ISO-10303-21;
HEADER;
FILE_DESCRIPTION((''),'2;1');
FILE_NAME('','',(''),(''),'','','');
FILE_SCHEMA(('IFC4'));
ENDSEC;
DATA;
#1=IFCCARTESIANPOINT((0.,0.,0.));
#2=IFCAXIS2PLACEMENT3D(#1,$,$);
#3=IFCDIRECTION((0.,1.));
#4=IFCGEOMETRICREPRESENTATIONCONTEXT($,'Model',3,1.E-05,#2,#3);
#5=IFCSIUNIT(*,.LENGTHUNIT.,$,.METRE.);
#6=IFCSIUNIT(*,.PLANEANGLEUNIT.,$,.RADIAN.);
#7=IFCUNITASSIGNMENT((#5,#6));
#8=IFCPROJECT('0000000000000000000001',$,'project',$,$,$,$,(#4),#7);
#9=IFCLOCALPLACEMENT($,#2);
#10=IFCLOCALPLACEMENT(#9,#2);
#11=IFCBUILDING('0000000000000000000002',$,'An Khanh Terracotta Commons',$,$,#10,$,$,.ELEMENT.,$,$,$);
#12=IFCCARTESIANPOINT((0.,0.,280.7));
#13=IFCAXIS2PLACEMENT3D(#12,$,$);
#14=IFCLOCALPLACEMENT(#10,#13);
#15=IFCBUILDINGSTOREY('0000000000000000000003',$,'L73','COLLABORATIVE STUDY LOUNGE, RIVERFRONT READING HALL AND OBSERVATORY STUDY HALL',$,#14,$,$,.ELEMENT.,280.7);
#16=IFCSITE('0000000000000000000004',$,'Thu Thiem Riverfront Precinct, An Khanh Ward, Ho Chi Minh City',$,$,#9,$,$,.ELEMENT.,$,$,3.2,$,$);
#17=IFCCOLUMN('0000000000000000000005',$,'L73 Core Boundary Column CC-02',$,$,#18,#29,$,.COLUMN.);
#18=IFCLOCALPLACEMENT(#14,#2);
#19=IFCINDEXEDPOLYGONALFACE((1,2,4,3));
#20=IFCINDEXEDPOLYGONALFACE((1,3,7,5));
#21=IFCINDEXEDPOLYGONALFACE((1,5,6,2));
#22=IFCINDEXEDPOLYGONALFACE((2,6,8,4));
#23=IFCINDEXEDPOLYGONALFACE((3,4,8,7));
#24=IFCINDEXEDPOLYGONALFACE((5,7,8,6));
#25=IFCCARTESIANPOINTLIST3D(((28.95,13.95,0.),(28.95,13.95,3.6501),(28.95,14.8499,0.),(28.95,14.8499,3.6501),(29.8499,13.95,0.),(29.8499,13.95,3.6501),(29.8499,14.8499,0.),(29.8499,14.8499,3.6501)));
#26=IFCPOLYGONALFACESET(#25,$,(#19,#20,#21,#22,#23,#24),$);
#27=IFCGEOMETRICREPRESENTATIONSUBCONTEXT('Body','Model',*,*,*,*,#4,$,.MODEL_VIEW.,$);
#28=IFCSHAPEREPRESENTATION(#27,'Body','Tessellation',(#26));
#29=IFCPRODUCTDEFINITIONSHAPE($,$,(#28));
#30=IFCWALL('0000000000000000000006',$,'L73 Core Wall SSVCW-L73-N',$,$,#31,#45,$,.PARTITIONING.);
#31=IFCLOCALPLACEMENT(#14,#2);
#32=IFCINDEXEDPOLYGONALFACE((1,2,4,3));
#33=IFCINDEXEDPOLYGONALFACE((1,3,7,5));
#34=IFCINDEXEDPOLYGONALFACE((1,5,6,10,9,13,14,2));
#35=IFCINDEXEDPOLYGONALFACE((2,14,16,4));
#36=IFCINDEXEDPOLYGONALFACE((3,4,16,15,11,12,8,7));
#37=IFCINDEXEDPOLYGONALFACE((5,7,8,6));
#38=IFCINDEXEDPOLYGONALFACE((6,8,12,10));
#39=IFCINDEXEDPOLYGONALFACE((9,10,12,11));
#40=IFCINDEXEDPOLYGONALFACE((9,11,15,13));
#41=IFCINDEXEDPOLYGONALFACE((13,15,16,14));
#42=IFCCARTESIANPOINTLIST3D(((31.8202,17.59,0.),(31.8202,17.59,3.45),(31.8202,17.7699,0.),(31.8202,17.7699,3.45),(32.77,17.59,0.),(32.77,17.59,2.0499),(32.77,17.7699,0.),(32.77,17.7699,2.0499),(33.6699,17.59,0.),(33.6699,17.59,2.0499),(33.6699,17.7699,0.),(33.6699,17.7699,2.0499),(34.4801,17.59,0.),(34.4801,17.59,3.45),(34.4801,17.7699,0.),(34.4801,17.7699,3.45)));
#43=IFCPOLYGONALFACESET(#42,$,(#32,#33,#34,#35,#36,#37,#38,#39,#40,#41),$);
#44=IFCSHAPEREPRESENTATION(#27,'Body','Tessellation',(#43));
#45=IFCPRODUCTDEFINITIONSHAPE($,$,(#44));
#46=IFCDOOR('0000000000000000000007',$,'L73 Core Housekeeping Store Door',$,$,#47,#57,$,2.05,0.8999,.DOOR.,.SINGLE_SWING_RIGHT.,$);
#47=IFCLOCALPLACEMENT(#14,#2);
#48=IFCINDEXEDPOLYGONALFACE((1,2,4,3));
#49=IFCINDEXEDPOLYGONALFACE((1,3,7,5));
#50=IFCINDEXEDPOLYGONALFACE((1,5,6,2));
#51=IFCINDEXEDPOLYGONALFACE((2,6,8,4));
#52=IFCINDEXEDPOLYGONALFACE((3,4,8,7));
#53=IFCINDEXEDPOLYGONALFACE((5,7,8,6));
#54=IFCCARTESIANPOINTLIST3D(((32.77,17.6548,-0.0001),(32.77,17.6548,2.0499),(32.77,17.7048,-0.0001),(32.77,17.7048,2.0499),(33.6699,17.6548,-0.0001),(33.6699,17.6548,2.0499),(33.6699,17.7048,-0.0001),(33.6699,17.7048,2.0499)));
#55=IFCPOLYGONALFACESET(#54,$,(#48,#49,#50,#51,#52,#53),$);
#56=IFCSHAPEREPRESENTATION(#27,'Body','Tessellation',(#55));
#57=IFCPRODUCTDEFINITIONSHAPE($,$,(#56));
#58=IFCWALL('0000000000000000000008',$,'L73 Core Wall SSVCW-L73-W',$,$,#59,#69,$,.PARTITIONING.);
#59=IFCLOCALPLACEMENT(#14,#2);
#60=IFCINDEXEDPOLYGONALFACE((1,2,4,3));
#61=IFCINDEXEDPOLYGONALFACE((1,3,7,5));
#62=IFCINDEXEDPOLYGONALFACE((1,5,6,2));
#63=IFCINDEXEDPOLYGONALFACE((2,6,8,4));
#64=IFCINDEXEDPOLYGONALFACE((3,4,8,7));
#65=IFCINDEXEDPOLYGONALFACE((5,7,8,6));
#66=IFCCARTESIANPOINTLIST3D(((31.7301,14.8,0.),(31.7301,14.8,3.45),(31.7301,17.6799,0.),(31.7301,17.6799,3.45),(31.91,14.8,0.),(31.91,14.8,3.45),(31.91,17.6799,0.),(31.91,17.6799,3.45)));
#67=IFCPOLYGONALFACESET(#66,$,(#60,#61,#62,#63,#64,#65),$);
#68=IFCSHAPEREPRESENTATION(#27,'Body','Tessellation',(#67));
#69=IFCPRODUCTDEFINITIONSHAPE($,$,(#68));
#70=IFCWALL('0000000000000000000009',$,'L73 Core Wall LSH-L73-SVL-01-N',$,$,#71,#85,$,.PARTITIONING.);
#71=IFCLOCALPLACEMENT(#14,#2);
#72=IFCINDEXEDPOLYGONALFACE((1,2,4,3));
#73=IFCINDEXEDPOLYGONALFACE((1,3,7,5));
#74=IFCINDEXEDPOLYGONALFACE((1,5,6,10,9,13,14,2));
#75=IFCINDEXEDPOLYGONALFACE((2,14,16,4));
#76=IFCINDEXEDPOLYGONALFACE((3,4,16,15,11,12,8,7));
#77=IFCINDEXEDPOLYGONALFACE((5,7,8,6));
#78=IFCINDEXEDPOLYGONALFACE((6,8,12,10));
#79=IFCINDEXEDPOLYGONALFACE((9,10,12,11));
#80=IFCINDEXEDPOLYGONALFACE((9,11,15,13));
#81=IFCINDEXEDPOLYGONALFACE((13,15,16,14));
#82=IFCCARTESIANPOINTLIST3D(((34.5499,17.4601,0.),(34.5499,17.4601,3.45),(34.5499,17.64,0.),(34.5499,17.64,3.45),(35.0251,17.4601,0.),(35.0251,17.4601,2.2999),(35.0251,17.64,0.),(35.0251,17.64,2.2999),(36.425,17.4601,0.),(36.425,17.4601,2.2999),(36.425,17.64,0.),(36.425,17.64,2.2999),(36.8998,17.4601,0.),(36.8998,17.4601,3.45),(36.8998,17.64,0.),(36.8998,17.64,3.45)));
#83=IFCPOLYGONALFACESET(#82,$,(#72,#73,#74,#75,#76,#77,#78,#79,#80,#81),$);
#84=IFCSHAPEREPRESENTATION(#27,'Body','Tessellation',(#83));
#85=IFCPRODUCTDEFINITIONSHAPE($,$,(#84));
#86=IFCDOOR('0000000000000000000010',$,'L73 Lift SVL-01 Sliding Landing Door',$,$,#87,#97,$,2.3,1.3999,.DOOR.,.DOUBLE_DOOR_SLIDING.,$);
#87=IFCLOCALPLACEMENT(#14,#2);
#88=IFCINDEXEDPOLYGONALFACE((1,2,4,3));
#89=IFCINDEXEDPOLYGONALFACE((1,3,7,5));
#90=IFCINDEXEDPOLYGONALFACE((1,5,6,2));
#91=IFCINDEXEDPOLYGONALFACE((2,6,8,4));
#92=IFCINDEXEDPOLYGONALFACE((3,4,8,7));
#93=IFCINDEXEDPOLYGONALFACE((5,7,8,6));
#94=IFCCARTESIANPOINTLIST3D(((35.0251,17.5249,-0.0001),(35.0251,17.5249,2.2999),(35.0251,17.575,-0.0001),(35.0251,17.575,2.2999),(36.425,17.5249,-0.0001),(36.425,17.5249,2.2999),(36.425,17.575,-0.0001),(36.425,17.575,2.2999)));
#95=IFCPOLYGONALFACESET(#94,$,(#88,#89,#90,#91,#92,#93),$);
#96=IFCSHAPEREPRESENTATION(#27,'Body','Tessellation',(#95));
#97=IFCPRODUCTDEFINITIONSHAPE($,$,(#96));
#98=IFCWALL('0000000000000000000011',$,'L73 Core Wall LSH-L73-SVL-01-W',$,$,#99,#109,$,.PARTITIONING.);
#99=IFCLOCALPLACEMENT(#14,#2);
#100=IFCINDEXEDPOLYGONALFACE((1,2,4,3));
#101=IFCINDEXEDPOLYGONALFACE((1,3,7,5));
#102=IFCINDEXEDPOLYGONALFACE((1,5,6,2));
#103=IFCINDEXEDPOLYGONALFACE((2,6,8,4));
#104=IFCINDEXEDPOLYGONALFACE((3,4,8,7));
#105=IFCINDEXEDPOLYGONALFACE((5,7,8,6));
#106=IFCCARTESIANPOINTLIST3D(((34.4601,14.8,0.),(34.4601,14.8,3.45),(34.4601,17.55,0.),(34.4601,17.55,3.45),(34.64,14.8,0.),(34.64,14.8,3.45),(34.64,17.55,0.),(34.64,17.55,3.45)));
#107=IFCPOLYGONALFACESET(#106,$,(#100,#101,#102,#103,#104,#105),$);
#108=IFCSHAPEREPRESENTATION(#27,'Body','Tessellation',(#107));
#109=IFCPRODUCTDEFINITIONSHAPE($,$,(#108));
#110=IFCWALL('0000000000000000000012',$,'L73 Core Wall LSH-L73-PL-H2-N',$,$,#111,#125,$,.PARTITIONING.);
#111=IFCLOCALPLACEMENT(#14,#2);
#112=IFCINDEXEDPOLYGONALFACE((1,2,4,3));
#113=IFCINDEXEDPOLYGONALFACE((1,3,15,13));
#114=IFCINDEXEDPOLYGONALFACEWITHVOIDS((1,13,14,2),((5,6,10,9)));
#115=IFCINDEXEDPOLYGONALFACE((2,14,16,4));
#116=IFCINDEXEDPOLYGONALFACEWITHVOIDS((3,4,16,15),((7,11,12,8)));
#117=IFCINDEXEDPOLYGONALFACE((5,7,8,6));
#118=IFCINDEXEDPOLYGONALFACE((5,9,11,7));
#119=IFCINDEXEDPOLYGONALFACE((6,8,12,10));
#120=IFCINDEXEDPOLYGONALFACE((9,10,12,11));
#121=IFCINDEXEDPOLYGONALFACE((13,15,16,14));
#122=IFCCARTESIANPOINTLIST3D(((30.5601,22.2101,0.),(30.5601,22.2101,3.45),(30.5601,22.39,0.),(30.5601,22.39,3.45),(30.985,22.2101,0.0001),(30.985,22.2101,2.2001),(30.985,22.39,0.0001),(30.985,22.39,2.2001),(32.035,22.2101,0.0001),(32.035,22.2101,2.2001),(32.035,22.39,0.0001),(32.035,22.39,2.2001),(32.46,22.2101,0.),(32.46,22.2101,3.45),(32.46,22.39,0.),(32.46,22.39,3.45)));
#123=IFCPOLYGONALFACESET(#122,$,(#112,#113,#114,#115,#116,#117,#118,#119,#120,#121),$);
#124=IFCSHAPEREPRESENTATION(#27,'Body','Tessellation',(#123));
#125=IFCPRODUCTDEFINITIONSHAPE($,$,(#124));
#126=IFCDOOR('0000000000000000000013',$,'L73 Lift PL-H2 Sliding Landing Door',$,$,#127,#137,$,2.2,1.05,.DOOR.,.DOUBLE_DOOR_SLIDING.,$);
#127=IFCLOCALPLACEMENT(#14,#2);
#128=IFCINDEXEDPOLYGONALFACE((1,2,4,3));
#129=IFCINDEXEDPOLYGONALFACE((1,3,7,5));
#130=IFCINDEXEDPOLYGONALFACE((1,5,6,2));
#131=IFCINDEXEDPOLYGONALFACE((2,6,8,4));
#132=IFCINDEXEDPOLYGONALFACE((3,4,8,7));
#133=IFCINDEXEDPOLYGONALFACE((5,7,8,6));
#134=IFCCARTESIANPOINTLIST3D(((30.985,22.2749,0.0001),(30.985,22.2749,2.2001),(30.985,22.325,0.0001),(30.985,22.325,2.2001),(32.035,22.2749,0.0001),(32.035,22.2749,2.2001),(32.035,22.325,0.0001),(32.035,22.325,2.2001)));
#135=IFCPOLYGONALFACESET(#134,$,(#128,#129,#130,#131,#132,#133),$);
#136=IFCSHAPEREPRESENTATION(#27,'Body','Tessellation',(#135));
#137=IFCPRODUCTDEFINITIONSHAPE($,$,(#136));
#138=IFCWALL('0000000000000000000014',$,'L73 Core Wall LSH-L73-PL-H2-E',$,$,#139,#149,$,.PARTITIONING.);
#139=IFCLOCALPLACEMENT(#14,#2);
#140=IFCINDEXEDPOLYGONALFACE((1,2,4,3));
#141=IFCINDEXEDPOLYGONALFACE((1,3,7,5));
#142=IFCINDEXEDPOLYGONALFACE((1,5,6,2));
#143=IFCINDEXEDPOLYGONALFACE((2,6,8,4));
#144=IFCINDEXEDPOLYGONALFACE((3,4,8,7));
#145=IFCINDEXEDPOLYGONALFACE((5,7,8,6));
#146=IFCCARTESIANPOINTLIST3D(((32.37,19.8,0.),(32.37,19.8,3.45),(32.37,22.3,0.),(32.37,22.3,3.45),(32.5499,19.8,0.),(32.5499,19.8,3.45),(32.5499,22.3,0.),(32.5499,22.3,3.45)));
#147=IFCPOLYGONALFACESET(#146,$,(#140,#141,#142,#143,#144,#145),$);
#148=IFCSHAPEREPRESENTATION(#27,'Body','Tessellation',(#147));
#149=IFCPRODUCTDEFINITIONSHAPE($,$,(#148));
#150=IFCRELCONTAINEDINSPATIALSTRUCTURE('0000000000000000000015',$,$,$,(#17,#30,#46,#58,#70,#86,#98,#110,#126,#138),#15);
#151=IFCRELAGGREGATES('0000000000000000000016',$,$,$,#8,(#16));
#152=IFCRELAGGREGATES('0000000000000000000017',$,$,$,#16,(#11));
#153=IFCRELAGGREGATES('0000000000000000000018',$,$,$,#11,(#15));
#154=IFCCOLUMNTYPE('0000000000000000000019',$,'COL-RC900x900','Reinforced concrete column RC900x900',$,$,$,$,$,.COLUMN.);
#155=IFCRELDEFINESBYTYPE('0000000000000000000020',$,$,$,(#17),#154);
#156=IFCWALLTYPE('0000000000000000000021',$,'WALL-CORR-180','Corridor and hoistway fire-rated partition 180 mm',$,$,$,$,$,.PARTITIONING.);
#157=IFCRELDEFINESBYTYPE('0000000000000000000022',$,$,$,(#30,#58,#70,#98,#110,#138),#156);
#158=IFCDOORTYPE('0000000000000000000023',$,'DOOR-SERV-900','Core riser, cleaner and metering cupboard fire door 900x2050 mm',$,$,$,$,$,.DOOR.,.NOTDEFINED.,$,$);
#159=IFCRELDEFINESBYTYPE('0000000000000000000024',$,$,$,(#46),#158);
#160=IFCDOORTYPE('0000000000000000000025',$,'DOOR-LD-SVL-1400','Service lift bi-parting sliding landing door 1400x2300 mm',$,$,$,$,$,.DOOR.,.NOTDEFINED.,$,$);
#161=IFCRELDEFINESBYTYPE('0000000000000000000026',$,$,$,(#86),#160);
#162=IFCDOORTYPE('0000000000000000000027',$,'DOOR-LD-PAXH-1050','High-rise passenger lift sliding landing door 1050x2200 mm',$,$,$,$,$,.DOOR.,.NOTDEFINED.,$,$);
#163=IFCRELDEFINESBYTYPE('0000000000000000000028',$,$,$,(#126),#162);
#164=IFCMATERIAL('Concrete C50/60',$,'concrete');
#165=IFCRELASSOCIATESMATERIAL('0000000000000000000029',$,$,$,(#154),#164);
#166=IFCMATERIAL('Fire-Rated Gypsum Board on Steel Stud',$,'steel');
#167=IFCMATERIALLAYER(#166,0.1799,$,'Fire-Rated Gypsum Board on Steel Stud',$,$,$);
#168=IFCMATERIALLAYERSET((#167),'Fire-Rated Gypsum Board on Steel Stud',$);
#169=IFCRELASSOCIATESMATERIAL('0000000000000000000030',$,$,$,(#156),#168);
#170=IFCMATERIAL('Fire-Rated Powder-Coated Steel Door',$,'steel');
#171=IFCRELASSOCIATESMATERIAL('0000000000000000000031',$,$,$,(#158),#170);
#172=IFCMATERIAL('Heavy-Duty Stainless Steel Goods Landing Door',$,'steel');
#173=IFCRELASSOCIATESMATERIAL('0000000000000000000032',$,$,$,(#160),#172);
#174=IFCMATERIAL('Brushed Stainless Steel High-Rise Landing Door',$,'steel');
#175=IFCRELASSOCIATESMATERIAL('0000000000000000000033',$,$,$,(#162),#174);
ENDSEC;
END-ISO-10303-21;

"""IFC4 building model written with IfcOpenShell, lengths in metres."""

from ifc_helpers import new_model, si_unit, direction, frame, frame_2d, origin, origin_2d, place, context, subcontext, project, spatial, rectangle, extrude, material, layer, layer_set, material_profile, profile_set, type_object, element, fill, save


model = new_model("IFC4")

# Units and contexts
model_context = context("Model", 3, precision=1e-05, world=origin(), true_north=direction((0.0, 1.0)))
body_context = subcontext(model_context, "Body", "Model", "MODEL_VIEW")
ifc_project = project(units=[si_unit("LENGTHUNIT", "METRE"), si_unit("PLANEANGLEUNIT", "RADIAN")], contexts=[model_context])

# Site, building, storey
site_placement = place(None, origin())
site = spatial("IfcSite", under=ifc_project, at=site_placement, Name="Thu Thiem Riverfront Precinct, An Khanh Ward, Ho Chi Minh City", CompositionType="ELEMENT", RefElevation=3.2)
building_placement = place(site_placement, origin())
building = spatial("IfcBuilding", under=site, at=building_placement, Name="An Khanh Terracotta Commons", CompositionType="ELEMENT")
storey_placement = place(building_placement, frame((0.0, 0.0, 280.7)))
storey = spatial("IfcBuildingStorey", under=building, at=storey_placement, Name="L73", Description="COLLABORATIVE STUDY LOUNGE, RIVERFRONT READING HALL AND OBSERVATORY STUDY HALL", CompositionType="ELEMENT", Elevation=280.7)

# Column
ifc_material_1 = material(Name="Concrete C50/60", Category="concrete")
ifc_material_profile = material_profile(ifc_material_1, rectangle(XDim=0.8999, YDim=0.8999, at=origin_2d()), Name="RC900x900")
ifc_profile_set = profile_set([ifc_material_profile], Name="Concrete C50/60")
column_type = type_object("IfcColumnType", Name="COL-RC900x900", Description="Reinforced concrete column RC900x900", PredefinedType="COLUMN", material=ifc_profile_set)
column_placement = place(storey_placement, frame((29.3999, 14.3999, 0.0), z_axis=(0.0, 0.0, 1.0), x_axis=(1.0, 0.0, 0.0)))
element("IfcColumn", 1, at=column_placement, inside=storey, type_object=column_type, Name="L73 Core Boundary Column CC-02", PredefinedType="COLUMN", context=body_context, shape_type="SweptSolid", body=[
    extrude(rectangle(XDim=0.8999, YDim=0.8999, at=origin_2d()), origin(), (0.0, 0.0, 1.0), 3.6501),
])

# Wall, opening, door
ifc_material_2 = material(Name="Fire-Rated Gypsum Board on Steel Stud", Category="steel")
ifc_layer_1 = layer(ifc_material_2, 0.1799, Name="Fire-Rated Gypsum Board on Steel Stud")
ifc_layer_set_1 = layer_set([ifc_layer_1], Name="Fire-Rated Gypsum Board on Steel Stud")
wall_type_1 = type_object("IfcWallType", Name="WALL-CORR-180", Description="Corridor and hoistway fire-rated partition 180 mm", PredefinedType="PARTITIONING", material=ifc_layer_set_1)
wall_1_placement = place(storey_placement, frame((31.8201, 17.6799, 0.0), z_axis=(0.0, 0.0, 1.0), x_axis=(1.0, 0.0, 0.0)))
wall_1 = element("IfcWall", 2, at=wall_1_placement, inside=storey, type_object=wall_type_1, Name="L73 Core Wall SSVCW-L73-N", PredefinedType="PARTITIONING", context=body_context, shape_type="SweptSolid", body=[
    extrude(rectangle(XDim=2.6599, YDim=0.1799, at=frame_2d((1.3301, 0.0))), origin(), (0.0, 0.0, 1.0), 3.45),
])
opening_1_placement = place(wall_1_placement, frame((0.95, 0.0, 0.0)))
opening_1 = element("IfcOpeningElement", 3, at=opening_1_placement, cuts=wall_1, PredefinedType="OPENING", context=body_context, shape_type="SweptSolid", body=[
    extrude(rectangle(XDim=0.8999, YDim=2.05, at=frame_2d((0.45, 1.0249))), frame((0.0, 0.0999, 0.0), z_axis=(0.0, -1.0, 0.0), x_axis=(1.0, 0.0, 0.0)), (0.0, 0.0, 1.0), 0.2),
])
ifc_material_3 = material(Name="Fire-Rated Powder-Coated Steel Door", Category="steel")
door_type_1 = type_object("IfcDoorType", Name="DOOR-SERV-900", Description="Core riser, cleaner and metering cupboard fire door 900x2050 mm", OperationType="NOTDEFINED", PredefinedType="DOOR", material=ifc_material_3)
door_1_placement = place(opening_1_placement, origin())
door_1 = element("IfcDoor", 4, at=door_1_placement, inside=storey, type_object=door_type_1, Name="L73 Core Housekeeping Store Door", OperationType="SINGLE_SWING_RIGHT", OverallHeight=2.05, OverallWidth=0.8999, PredefinedType="DOOR", context=body_context, shape_type="SweptSolid", body=[
    extrude(rectangle(XDim=0.8999, YDim=2.05, at=frame_2d((0.45, 1.0249))), frame((0.0, 0.0249, 0.0), z_axis=(0.0, -1.0, 0.0), x_axis=(1.0, 0.0, 0.0)), (0.0, 0.0, 1.0), 0.05),
])
fill(opening_1, door_1)

# Wall
wall_2_placement = place(storey_placement, frame((31.8201, 14.8, 0.0), z_axis=(0.0, 0.0, 1.0), x_axis=(0.0, 1.0, 0.0)))
element("IfcWall", 5, at=wall_2_placement, inside=storey, type_object=wall_type_1, Name="L73 Core Wall SSVCW-L73-W", PredefinedType="PARTITIONING", context=body_context, shape_type="SweptSolid", body=[
    extrude(rectangle(XDim=2.8799, YDim=0.1799, at=frame_2d((1.4399, 0.0))), origin(), (0.0, 0.0, 1.0), 3.45),
])

# Wall, opening, door
wall_3_placement = place(storey_placement, frame((34.55, 17.55, 0.0), z_axis=(0.0, 0.0, 1.0), x_axis=(1.0, 0.0, 0.0)))
wall_3 = element("IfcWall", 6, at=wall_3_placement, inside=storey, type_object=wall_type_1, Name="L73 Core Wall LSH-L73-SVL-01-N", PredefinedType="PARTITIONING", context=body_context, shape_type="SweptSolid", body=[
    extrude(rectangle(XDim=2.3499, YDim=0.1799, at=frame_2d((1.1748, 0.0))), origin(), (0.0, 0.0, 1.0), 3.45),
])
opening_2_placement = place(wall_3_placement, frame((0.4751, 0.0, 0.0)))
opening_2 = element("IfcOpeningElement", 7, at=opening_2_placement, cuts=wall_3, PredefinedType="OPENING", context=body_context, shape_type="SweptSolid", body=[
    extrude(rectangle(XDim=1.3999, YDim=2.3, at=frame_2d((0.7, 1.1499))), frame((0.0, 0.0999, 0.0), z_axis=(0.0, -1.0, 0.0), x_axis=(1.0, 0.0, 0.0)), (0.0, 0.0, 1.0), 0.2),
])
ifc_material_4 = material(Name="Heavy-Duty Stainless Steel Goods Landing Door", Category="steel")
door_type_2 = type_object("IfcDoorType", Name="DOOR-LD-SVL-1400", Description="Service lift bi-parting sliding landing door 1400x2300 mm", OperationType="NOTDEFINED", PredefinedType="DOOR", material=ifc_material_4)
door_2_placement = place(opening_2_placement, origin())
door_2 = element("IfcDoor", 8, at=door_2_placement, inside=storey, type_object=door_type_2, Name="L73 Lift SVL-01 Sliding Landing Door", OperationType="DOUBLE_DOOR_SLIDING", OverallHeight=2.3, OverallWidth=1.3999, PredefinedType="DOOR", context=body_context, shape_type="SweptSolid", body=[
    extrude(rectangle(XDim=1.3999, YDim=2.3, at=frame_2d((0.7, 1.1499))), frame((0.0, 0.0249, 0.0), z_axis=(0.0, -1.0, 0.0), x_axis=(1.0, 0.0, 0.0)), (0.0, 0.0, 1.0), 0.05),
])
fill(opening_2, door_2)

# Wall
wall_4_placement = place(storey_placement, frame((34.55, 17.55, 0.0), z_axis=(0.0, 0.0, 1.0), x_axis=(0.0, -1.0, 0.0)))
element("IfcWall", 9, at=wall_4_placement, inside=storey, type_object=wall_type_1, Name="L73 Core Wall LSH-L73-SVL-01-W", PredefinedType="PARTITIONING", context=body_context, shape_type="SweptSolid", body=[
    extrude(rectangle(XDim=2.75, YDim=0.1799, at=frame_2d((1.375, 0.0))), origin(), (0.0, 0.0, 1.0), 3.45),
])

# Wall, opening, door
wall_5_placement = place(storey_placement, frame((30.5601, 22.3, 0.0), z_axis=(0.0, 0.0, 1.0), x_axis=(1.0, 0.0, 0.0)))
wall_5 = element("IfcWall", 10, at=wall_5_placement, inside=storey, type_object=wall_type_1, Name="L73 Core Wall LSH-L73-PL-H2-N", PredefinedType="PARTITIONING", context=body_context, shape_type="SweptSolid", body=[
    extrude(rectangle(XDim=1.8999, YDim=0.1799, at=frame_2d((0.95, 0.0))), origin(), (0.0, 0.0, 1.0), 3.45),
])
opening_3_placement = place(wall_5_placement, frame((0.425, 0.0, 0.0)))
opening_3 = element("IfcOpeningElement", 11, at=opening_3_placement, cuts=wall_5, PredefinedType="OPENING", context=body_context, shape_type="SweptSolid", body=[
    extrude(rectangle(XDim=1.05, YDim=2.2, at=frame_2d((0.5249, 1.1001))), frame((0.0, 0.0999, 0.0), z_axis=(0.0, -1.0, 0.0), x_axis=(1.0, 0.0, 0.0)), (0.0, 0.0, 1.0), 0.2),
])
ifc_material_5 = material(Name="Brushed Stainless Steel High-Rise Landing Door", Category="steel")
door_type_3 = type_object("IfcDoorType", Name="DOOR-LD-PAXH-1050", Description="High-rise passenger lift sliding landing door 1050x2200 mm", OperationType="NOTDEFINED", PredefinedType="DOOR", material=ifc_material_5)
door_3_placement = place(opening_3_placement, origin())
door_3 = element("IfcDoor", 12, at=door_3_placement, inside=storey, type_object=door_type_3, Name="L73 Lift PL-H2 Sliding Landing Door", OperationType="DOUBLE_DOOR_SLIDING", OverallHeight=2.2, OverallWidth=1.05, PredefinedType="DOOR", context=body_context, shape_type="SweptSolid", body=[
    extrude(rectangle(XDim=1.05, YDim=2.2, at=frame_2d((0.5249, 1.1001))), frame((0.0, 0.0249, 0.0), z_axis=(0.0, -1.0, 0.0), x_axis=(1.0, 0.0, 0.0)), (0.0, 0.0, 1.0), 0.05),
])
fill(opening_3, door_3)

# Wall
wall_6_placement = place(storey_placement, frame((32.46, 19.8, 0.0), z_axis=(0.0, 0.0, 1.0), x_axis=(0.0, 1.0, 0.0)))
element("IfcWall", 13, at=wall_6_placement, inside=storey, type_object=wall_type_1, Name="L73 Core Wall LSH-L73-PL-H2-E", PredefinedType="PARTITIONING", context=body_context, shape_type="SweptSolid", body=[
    extrude(rectangle(XDim=2.5, YDim=0.1799, at=frame_2d((1.25, 0.0))), origin(), (0.0, 0.0, 1.0), 3.45),
])

save(model, "model.ifc")
